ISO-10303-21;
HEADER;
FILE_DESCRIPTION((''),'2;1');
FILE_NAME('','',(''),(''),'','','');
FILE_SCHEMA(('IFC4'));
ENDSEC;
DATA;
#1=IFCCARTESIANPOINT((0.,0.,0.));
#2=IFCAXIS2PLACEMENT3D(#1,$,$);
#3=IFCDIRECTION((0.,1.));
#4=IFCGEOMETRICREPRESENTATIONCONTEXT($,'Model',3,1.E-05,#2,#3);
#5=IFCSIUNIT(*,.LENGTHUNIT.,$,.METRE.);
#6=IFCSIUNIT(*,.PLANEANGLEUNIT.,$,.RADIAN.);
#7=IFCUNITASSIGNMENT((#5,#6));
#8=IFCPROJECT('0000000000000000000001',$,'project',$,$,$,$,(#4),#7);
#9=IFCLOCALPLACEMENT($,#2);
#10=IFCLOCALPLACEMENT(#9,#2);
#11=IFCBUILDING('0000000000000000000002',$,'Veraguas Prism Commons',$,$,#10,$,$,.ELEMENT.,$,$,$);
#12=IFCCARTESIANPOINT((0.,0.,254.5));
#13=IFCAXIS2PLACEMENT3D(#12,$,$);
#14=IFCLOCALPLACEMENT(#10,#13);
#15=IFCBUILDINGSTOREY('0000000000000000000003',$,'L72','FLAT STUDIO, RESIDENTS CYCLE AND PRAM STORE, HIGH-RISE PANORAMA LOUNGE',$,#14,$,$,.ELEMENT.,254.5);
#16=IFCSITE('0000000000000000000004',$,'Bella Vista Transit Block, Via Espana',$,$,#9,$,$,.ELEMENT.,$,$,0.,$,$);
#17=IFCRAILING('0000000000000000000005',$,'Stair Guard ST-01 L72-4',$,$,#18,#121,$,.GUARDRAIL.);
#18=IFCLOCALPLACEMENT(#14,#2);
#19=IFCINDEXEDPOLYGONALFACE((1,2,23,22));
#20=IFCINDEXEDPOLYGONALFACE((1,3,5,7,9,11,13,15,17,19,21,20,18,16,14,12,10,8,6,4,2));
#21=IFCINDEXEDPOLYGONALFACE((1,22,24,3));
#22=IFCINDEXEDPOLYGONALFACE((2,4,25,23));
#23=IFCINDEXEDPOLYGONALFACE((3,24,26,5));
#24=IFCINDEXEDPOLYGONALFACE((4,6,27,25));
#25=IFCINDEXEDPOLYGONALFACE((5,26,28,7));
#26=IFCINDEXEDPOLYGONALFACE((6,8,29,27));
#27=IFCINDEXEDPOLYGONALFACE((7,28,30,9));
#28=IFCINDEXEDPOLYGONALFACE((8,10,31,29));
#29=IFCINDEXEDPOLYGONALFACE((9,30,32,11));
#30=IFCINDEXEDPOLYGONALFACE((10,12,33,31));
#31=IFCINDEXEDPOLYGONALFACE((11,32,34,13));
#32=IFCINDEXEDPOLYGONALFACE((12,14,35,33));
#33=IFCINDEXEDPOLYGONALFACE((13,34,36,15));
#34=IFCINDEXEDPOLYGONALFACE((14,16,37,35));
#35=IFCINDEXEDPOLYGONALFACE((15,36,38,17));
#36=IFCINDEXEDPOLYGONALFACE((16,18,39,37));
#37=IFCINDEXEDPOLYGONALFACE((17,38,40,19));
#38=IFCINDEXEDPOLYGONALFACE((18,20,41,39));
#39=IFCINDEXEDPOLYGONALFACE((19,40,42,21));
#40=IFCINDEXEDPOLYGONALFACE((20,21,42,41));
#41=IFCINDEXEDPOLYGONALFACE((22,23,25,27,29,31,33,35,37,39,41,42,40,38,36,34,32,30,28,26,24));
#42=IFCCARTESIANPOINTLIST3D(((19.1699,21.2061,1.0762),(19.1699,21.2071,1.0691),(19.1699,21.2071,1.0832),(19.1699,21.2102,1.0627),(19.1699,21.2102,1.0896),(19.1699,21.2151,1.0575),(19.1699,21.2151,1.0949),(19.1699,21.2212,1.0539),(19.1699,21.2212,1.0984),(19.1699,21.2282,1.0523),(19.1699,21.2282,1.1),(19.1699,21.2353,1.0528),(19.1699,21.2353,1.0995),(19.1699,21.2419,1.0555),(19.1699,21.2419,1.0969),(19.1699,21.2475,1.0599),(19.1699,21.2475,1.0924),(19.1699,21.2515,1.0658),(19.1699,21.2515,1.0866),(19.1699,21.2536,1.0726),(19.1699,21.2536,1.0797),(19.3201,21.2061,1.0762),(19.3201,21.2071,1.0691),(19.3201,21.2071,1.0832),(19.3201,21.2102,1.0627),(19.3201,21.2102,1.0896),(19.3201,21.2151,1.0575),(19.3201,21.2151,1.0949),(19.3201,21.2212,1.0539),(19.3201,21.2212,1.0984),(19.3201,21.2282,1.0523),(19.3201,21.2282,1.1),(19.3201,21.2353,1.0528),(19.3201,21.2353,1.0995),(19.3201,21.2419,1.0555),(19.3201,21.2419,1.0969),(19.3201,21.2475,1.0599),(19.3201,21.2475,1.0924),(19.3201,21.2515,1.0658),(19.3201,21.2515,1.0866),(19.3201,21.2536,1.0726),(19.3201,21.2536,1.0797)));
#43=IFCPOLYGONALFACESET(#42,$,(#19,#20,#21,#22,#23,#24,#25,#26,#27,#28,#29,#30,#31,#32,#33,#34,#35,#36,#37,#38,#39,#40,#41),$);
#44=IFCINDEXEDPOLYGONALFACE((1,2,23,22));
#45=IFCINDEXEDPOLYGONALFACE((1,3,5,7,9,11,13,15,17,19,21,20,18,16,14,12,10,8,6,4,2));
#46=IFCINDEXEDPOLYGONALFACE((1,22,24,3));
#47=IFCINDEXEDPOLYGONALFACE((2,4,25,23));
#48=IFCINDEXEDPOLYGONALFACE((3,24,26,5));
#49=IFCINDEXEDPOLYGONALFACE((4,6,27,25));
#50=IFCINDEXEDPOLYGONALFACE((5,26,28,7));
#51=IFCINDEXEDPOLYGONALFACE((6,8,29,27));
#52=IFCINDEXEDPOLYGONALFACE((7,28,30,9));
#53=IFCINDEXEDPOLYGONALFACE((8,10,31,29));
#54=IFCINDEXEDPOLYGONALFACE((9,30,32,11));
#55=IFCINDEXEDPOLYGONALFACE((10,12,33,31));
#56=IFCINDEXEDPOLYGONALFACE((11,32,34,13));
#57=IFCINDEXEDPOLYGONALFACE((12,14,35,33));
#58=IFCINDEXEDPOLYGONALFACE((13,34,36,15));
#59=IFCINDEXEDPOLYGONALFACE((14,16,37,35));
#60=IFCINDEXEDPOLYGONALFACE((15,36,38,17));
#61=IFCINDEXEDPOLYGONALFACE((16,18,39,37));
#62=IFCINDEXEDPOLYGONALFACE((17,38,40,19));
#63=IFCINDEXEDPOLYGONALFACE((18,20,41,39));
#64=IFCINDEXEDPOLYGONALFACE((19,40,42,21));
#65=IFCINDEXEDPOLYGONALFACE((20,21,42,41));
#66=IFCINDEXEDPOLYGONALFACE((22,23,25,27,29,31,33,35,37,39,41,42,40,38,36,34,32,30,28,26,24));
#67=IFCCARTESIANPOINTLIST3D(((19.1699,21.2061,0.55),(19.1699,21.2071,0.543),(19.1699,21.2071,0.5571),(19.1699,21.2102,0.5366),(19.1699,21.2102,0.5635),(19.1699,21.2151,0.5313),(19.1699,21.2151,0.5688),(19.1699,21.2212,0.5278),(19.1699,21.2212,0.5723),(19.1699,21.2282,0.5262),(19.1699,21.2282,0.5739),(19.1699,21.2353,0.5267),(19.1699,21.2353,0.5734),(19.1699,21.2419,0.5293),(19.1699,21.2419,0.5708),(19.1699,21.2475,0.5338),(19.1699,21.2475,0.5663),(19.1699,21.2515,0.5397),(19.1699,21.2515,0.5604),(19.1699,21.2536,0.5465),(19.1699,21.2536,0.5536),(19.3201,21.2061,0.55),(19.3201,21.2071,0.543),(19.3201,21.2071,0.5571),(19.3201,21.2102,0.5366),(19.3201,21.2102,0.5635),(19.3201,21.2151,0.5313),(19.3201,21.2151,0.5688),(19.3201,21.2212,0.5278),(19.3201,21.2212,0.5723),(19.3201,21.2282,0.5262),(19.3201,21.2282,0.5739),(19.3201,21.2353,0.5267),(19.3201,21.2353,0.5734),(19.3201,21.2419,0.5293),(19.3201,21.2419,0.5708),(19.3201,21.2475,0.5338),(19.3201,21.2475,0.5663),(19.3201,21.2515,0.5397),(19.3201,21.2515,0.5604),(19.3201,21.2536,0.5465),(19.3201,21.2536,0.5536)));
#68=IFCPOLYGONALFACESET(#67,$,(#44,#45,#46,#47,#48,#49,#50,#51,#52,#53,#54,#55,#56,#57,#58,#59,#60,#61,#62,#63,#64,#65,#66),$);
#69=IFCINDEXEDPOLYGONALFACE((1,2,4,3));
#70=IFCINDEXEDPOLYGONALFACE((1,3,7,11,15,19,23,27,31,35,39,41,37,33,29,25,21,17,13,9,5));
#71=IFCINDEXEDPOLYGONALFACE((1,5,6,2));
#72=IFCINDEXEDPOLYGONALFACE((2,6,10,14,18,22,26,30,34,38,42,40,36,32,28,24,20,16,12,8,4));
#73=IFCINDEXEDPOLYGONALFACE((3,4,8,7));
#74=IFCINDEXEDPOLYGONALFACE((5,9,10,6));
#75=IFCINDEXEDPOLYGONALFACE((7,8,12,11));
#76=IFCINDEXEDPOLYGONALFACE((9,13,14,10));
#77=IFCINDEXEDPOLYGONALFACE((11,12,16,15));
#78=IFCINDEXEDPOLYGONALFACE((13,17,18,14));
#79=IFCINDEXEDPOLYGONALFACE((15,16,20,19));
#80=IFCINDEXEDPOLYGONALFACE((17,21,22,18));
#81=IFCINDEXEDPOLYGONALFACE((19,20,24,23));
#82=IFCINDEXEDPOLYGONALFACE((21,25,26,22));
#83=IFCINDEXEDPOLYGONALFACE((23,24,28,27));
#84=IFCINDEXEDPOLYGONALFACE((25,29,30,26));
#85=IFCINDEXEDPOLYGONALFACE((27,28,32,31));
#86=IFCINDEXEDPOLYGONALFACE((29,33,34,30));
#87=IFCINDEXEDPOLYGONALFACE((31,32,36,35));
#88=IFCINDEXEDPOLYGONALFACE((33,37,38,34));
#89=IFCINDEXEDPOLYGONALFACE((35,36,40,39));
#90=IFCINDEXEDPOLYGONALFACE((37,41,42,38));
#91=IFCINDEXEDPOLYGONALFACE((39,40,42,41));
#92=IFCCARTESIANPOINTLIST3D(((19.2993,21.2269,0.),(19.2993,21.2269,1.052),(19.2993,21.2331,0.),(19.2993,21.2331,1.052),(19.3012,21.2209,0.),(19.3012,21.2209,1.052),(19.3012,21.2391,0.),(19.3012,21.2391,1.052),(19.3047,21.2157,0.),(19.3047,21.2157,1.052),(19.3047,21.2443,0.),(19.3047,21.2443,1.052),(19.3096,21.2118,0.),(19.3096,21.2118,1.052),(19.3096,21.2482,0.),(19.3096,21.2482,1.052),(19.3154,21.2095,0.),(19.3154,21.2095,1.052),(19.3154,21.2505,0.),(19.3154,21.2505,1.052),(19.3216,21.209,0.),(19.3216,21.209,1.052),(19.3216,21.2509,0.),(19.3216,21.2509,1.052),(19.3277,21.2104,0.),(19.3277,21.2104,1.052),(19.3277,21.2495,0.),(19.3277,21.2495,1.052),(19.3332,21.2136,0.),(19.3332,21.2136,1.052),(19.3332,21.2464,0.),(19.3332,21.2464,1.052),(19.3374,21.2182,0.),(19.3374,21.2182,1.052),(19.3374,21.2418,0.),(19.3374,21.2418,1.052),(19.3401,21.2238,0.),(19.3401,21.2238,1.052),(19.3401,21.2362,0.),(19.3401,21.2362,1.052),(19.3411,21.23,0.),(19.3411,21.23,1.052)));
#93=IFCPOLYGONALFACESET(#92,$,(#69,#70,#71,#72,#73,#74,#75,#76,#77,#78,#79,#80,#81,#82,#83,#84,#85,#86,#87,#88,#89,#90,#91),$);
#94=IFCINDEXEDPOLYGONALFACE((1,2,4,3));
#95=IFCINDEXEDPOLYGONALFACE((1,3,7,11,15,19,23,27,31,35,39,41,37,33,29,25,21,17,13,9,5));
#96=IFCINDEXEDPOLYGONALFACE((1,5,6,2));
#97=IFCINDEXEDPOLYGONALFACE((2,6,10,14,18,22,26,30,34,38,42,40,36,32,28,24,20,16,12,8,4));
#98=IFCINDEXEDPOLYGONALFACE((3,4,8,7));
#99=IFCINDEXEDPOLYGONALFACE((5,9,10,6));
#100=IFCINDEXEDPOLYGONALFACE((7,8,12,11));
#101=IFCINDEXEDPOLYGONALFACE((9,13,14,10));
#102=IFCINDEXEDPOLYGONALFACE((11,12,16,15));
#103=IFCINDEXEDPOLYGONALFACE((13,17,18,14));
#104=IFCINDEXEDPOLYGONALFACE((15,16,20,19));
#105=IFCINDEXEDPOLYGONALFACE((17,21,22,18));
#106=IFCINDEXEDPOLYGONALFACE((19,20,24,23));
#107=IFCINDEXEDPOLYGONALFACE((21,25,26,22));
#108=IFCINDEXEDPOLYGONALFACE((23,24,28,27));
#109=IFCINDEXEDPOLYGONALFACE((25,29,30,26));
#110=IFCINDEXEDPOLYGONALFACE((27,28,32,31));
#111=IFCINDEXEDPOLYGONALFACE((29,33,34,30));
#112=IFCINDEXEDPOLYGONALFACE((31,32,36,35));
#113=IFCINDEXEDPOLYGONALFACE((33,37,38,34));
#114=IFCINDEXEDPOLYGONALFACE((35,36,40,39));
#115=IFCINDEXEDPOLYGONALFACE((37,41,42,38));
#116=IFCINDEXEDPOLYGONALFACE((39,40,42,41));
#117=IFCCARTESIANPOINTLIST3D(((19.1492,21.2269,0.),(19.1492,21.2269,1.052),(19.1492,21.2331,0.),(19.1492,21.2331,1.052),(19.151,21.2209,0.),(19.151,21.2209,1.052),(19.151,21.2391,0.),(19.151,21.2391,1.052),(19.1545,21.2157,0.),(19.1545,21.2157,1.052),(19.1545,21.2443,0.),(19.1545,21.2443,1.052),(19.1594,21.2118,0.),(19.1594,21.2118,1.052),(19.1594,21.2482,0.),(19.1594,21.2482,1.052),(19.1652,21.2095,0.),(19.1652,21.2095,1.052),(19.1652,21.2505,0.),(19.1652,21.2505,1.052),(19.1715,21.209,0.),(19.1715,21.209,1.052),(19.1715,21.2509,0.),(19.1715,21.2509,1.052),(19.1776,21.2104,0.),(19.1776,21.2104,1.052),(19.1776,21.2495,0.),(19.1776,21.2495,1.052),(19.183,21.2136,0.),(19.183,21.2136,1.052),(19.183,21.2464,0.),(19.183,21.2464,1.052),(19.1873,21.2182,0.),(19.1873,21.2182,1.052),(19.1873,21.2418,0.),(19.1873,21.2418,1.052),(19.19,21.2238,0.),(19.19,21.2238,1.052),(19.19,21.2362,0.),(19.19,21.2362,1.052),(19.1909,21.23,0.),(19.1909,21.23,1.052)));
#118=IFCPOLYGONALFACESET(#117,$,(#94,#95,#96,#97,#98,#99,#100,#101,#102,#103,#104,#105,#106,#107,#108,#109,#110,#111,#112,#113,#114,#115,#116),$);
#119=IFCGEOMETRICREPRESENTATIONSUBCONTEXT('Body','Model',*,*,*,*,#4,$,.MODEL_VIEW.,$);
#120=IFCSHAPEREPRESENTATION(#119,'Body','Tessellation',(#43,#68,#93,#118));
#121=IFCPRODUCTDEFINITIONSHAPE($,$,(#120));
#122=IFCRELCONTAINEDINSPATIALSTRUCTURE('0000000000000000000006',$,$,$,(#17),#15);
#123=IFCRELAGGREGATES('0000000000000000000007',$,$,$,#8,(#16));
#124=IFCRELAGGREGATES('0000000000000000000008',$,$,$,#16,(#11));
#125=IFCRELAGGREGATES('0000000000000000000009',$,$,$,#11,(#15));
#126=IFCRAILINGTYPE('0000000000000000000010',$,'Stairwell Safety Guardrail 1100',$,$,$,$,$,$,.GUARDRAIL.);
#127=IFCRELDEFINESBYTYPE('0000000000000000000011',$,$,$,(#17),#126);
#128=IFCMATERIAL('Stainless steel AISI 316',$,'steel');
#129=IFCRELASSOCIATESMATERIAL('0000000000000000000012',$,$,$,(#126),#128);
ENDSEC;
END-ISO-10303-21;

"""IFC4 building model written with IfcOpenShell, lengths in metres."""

from ifc_helpers import new_model, si_unit, direction, frame, origin, origin_2d, place, context, subcontext, project, spatial, circle, extrude, material, type_object, element, save


model = new_model("IFC4")

# Units and contexts
model_context = context("Model", 3, precision=1e-05, world=origin(), true_north=direction((0.0, 1.0)))
body_context = subcontext(model_context, "Body", "Model", "MODEL_VIEW")
ifc_project = project(units=[si_unit("LENGTHUNIT", "METRE"), si_unit("PLANEANGLEUNIT", "RADIAN")], contexts=[model_context])

# Site, building, storey
site_placement = place(None, origin())
site = spatial("IfcSite", under=ifc_project, at=site_placement, Name="Bella Vista Transit Block, Via Espana", CompositionType="ELEMENT", RefElevation=0.0)
building_placement = place(site_placement, origin())
building = spatial("IfcBuilding", under=site, at=building_placement, Name="Veraguas Prism Commons", CompositionType="ELEMENT")
storey_placement = place(building_placement, frame((0.0, 0.0, 254.5)))
storey = spatial("IfcBuildingStorey", under=building, at=storey_placement, Name="L72", Description="FLAT STUDIO, RESIDENTS CYCLE AND PRAM STORE, HIGH-RISE PANORAMA LOUNGE", CompositionType="ELEMENT", Elevation=254.5)

# Railing
ifc_material_1 = material(Name="Stainless steel AISI 316", Category="steel")
railing_type_1 = type_object("IfcRailingType", Name="Stairwell Safety Guardrail 1100", PredefinedType="GUARDRAIL", material=ifc_material_1)
railing_1_placement = place(storey_placement, frame((19.3201, 21.23, 0.0)))
element("IfcRailing", 1, at=railing_1_placement, inside=storey, type_object=railing_type_1, Name="Stair Guard ST-01 L72-4", PredefinedType="GUARDRAIL", context=body_context, shape_type="SweptSolid", body=[
    extrude(circle(Radius=0.0239, at=origin_2d()), frame((0.0, 0.0, 1.0762), z_axis=(-1.0, 0.0, 0.0), x_axis=(0.0, -1.0, 0.0)), (0.0, 0.0, 1.0), 0.1501),
    extrude(circle(Radius=0.0239, at=origin_2d()), frame((0.0, 0.0, 0.55), z_axis=(-1.0, 0.0, 0.0), x_axis=(0.0, -1.0, 0.0)), (0.0, 0.0, 1.0), 0.1501),
    extrude(circle(Radius=0.021, at=origin_2d()), origin(), (0.0, 0.0, 1.0), 1.052),
    extrude(circle(Radius=0.021, at=origin_2d()), frame((-0.1501, 0.0, 0.0)), (0.0, 0.0, 1.0), 1.052),
])

save(model, "model.ifc")
